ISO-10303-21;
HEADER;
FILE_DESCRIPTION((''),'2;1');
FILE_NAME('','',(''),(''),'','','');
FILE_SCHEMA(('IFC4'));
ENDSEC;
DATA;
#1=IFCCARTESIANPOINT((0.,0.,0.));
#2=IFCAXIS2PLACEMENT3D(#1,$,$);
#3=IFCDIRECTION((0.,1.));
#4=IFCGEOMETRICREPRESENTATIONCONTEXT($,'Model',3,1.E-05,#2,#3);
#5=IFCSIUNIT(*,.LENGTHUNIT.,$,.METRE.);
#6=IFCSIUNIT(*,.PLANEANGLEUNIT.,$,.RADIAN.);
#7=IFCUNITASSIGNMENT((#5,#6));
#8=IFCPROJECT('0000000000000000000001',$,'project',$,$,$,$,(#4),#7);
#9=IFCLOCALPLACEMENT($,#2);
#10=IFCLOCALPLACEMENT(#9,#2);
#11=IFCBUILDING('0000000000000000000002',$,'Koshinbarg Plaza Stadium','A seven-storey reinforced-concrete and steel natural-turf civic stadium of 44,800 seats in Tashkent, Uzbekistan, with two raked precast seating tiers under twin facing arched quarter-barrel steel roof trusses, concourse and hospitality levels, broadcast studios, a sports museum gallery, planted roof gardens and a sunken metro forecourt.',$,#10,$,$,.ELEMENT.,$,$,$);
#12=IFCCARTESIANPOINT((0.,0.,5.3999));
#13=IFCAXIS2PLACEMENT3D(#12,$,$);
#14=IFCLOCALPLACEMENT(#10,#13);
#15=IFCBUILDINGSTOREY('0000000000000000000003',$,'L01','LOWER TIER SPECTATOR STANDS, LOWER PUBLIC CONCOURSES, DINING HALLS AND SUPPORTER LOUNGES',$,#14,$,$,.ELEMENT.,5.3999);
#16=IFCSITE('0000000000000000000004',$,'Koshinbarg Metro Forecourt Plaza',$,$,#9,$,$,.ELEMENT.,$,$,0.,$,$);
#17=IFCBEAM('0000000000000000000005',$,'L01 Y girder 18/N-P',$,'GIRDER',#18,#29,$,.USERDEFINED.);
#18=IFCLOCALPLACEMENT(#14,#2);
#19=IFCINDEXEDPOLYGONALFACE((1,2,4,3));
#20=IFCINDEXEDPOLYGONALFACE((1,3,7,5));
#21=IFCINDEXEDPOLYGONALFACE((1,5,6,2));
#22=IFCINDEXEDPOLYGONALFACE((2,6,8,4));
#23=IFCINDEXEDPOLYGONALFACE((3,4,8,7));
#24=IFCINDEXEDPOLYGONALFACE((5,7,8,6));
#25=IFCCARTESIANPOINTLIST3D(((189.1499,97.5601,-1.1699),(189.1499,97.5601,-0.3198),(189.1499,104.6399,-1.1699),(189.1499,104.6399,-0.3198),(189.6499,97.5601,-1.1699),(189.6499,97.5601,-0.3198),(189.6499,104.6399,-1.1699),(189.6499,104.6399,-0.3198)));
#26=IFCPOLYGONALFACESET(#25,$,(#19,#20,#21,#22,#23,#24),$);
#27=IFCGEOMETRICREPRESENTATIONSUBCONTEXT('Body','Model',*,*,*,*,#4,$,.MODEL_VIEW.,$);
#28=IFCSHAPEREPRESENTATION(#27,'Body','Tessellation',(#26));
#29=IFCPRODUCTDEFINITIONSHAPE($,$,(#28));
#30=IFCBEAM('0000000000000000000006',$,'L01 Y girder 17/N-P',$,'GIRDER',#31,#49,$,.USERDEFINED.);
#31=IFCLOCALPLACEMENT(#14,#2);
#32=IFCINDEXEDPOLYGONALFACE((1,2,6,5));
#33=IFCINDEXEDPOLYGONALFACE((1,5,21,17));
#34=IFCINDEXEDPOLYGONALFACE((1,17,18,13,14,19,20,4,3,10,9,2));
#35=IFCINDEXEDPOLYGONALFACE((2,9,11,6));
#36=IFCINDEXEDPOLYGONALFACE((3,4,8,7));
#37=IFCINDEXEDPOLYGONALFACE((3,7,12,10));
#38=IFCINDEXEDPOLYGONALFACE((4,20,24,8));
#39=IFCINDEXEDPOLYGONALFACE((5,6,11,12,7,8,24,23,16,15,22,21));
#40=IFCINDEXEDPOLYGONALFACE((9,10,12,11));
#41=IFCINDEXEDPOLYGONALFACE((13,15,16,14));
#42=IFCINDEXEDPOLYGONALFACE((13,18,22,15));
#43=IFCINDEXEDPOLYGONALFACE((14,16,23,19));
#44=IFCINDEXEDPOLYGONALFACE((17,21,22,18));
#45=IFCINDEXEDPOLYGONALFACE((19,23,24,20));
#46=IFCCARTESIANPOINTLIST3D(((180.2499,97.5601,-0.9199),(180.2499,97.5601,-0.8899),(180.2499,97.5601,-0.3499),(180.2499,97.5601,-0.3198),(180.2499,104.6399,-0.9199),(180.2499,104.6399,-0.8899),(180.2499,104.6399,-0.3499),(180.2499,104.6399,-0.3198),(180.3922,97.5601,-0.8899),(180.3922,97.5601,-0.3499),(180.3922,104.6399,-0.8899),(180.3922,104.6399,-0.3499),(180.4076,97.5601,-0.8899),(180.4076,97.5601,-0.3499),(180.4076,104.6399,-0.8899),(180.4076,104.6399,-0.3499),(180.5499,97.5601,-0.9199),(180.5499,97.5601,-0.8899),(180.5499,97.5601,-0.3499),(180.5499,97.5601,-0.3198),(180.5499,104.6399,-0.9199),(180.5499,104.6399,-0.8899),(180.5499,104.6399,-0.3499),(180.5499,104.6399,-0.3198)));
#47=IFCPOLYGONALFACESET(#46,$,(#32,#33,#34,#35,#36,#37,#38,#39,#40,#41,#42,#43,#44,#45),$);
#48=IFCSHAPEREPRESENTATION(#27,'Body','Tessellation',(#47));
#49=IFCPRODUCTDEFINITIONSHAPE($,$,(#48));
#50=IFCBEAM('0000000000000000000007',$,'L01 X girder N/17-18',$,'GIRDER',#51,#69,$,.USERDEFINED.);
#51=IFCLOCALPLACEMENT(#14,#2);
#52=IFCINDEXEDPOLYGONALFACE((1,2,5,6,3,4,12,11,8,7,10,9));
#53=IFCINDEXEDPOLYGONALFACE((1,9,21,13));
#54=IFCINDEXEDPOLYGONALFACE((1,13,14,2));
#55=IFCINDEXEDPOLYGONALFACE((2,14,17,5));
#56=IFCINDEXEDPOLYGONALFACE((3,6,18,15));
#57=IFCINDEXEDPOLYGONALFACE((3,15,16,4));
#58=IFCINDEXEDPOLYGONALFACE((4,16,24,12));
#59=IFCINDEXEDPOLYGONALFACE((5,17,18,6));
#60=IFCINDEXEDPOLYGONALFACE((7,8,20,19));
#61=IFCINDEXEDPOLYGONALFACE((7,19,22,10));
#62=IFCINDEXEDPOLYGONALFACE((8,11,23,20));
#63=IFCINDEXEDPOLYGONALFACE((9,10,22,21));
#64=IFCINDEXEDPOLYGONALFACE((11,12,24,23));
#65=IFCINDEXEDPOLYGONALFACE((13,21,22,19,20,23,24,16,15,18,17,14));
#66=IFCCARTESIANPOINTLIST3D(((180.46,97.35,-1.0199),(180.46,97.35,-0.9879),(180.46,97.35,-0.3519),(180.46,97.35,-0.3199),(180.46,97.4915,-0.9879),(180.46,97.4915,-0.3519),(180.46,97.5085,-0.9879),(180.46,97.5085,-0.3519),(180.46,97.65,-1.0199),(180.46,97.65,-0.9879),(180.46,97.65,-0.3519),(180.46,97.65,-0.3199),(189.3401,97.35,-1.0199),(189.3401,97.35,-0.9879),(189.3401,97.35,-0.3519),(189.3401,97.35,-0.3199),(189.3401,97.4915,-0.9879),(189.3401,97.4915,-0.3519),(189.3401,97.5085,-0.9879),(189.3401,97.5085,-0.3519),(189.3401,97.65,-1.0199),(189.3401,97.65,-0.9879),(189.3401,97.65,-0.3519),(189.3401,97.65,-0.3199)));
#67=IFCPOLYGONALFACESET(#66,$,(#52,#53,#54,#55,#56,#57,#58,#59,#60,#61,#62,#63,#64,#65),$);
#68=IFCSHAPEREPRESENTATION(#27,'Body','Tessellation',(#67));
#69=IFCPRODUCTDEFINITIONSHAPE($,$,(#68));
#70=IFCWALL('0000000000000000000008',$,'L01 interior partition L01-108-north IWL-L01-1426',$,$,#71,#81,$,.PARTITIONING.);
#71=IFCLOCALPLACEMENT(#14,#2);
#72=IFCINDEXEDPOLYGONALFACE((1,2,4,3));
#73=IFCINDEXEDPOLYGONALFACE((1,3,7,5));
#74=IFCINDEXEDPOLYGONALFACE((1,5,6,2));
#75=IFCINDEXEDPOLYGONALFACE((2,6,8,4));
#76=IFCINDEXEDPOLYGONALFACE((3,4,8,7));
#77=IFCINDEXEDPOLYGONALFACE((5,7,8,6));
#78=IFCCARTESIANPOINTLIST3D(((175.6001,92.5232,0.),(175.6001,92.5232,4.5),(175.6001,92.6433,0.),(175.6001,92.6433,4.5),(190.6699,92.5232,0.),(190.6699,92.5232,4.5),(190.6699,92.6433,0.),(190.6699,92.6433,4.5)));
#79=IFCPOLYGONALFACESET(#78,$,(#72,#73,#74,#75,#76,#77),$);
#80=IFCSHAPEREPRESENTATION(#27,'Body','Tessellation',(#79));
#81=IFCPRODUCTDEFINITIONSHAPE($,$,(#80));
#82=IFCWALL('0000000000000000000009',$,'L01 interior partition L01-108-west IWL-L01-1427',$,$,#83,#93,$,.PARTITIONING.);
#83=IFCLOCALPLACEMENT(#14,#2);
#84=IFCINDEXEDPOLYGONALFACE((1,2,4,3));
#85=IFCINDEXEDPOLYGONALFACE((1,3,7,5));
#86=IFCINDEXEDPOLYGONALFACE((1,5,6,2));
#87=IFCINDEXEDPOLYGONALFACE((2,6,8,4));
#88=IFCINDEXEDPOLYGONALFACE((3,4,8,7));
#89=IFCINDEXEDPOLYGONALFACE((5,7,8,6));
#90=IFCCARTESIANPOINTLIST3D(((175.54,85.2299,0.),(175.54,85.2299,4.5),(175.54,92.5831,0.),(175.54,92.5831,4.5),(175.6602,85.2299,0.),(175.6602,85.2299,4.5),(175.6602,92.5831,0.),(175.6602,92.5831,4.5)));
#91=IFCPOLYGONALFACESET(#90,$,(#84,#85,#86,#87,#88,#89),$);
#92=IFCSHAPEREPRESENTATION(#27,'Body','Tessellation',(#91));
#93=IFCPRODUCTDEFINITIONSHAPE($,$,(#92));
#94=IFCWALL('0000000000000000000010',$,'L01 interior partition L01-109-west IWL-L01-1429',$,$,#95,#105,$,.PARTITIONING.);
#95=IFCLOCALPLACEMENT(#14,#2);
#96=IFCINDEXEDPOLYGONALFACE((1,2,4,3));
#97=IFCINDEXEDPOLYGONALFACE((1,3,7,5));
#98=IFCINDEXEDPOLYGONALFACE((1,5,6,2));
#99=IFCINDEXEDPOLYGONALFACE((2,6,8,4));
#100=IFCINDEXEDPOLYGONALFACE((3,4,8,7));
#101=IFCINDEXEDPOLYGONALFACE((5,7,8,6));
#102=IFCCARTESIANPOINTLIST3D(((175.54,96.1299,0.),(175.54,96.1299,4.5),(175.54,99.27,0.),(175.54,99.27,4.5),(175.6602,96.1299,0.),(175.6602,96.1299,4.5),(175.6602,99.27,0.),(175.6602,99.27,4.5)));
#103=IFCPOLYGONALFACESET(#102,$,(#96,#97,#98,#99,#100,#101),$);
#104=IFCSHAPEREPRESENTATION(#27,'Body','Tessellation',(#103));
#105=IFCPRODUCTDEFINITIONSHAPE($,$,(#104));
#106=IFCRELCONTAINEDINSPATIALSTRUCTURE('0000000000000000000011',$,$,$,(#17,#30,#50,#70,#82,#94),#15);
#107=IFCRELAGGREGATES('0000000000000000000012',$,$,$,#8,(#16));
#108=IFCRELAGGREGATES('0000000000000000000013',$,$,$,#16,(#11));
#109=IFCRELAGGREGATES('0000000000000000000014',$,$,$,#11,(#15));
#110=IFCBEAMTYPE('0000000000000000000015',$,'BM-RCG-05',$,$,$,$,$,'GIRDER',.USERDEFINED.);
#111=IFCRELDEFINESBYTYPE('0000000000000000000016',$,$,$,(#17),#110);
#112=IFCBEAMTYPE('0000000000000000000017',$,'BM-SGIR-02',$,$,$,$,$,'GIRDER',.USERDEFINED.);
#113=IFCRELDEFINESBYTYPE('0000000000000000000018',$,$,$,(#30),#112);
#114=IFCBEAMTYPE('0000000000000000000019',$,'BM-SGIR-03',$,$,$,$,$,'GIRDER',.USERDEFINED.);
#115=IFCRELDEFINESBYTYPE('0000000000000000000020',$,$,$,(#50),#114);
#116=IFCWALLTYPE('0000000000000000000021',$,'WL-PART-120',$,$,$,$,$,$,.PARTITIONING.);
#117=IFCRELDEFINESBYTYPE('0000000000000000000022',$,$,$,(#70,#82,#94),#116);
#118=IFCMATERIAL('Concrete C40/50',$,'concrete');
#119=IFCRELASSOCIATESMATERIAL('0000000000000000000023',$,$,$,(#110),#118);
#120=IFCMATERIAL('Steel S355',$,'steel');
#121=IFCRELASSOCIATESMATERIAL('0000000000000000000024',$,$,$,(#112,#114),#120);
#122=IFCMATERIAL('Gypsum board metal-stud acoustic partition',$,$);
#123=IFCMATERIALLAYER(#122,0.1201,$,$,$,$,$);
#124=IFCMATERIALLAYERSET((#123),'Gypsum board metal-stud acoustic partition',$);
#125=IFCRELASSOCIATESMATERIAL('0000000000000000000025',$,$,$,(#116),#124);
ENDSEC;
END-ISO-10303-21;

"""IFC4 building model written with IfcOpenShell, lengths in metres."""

from ifc_helpers import new_model, si_unit, direction, frame, frame_2d, origin, origin_2d, place, context, subcontext, project, spatial, rectangle, i_section, extrude, material, layer, layer_set, material_profile, profile_set, type_object, element, save


model = new_model("IFC4")

# Units and contexts
model_context = context("Model", 3, precision=1e-05, world=origin(), true_north=direction((0.0, 1.0)))
body_context = subcontext(model_context, "Body", "Model", "MODEL_VIEW")
ifc_project = project(units=[si_unit("LENGTHUNIT", "METRE"), si_unit("PLANEANGLEUNIT", "RADIAN")], contexts=[model_context])

# Site, building, storey
site_placement = place(None, origin())
site = spatial("IfcSite", under=ifc_project, at=site_placement, Name="Koshinbarg Metro Forecourt Plaza", CompositionType="ELEMENT", RefElevation=0.0)
building_placement = place(site_placement, origin())
building = spatial("IfcBuilding", under=site, at=building_placement, Name="Koshinbarg Plaza Stadium", Description="A seven-storey reinforced-concrete and steel natural-turf civic stadium of 44,800 seats in Tashkent, Uzbekistan, with two raked precast seating tiers under twin facing arched quarter-barrel steel roof trusses, concourse and hospitality levels, broadcast studios, a sports museum gallery, planted roof gardens and a sunken metro forecourt.", CompositionType="ELEMENT")
storey_placement = place(building_placement, frame((0.0, 0.0, 5.3999)))
storey = spatial("IfcBuildingStorey", under=building, at=storey_placement, Name="L01", Description="LOWER TIER SPECTATOR STANDS, LOWER PUBLIC CONCOURSES, DINING HALLS AND SUPPORTER LOUNGES", CompositionType="ELEMENT", Elevation=5.3999)

# Shared definitions
ifc_material_1 = material(Name="Concrete C40/50", Category="concrete")

# Beams
ifc_material_profile_1 = material_profile(ifc_material_1, rectangle(XDim=0.5, YDim=0.8501, at=origin_2d()), Name="RC 500x850")
ifc_profile_set_1 = profile_set([ifc_material_profile_1], Name="Concrete C40/50")
beam_type_1 = type_object("IfcBeamType", Name="BM-RCG-05", ElementType="GIRDER", PredefinedType="USERDEFINED", material=ifc_profile_set_1)
beam_1_placement = place(storey_placement, frame((189.3999, 97.5601, -0.7449), z_axis=(0.0, 1.0, 0.0), x_axis=(-1.0, 0.0, 0.0)))
element("IfcBeam", 1, at=beam_1_placement, inside=storey, type_object=beam_type_1, Name="L01 Y girder 18/N-P", ObjectType="GIRDER", PredefinedType="USERDEFINED", context=body_context, shape_type="SweptSolid", body=[
    extrude(rectangle(XDim=0.5, YDim=0.8501, at=origin_2d()), origin(), (0.0, 0.0, 1.0), 7.0798),
])
ifc_material_2 = material(Name="Steel S355", Category="steel")
ifc_material_profile_2 = material_profile(ifc_material_2, i_section(OverallWidth=0.3, OverallDepth=0.6001, WebThickness=0.0154, FlangeThickness=0.03, at=origin_2d()), Name="HEB 600")
ifc_profile_set_2 = profile_set([ifc_material_profile_2], Name="Steel S355")
beam_type_2 = type_object("IfcBeamType", Name="BM-SGIR-02", ElementType="GIRDER", PredefinedType="USERDEFINED", material=ifc_profile_set_2)
beam_2_placement = place(storey_placement, frame((180.3999, 97.5601, -0.6199), z_axis=(0.0, 1.0, 0.0), x_axis=(-1.0, 0.0, 0.0)))
element("IfcBeam", 2, at=beam_2_placement, inside=storey, type_object=beam_type_2, Name="L01 Y girder 17/N-P", ObjectType="GIRDER", PredefinedType="USERDEFINED", context=body_context, shape_type="SweptSolid", body=[
    extrude(i_section(OverallWidth=0.3, OverallDepth=0.6001, WebThickness=0.0154, FlangeThickness=0.03, at=origin_2d()), origin(), (0.0, 0.0, 1.0), 7.0798),
])
ifc_material_profile_3 = material_profile(ifc_material_2, i_section(OverallWidth=0.3, OverallDepth=0.7, WebThickness=0.0171, FlangeThickness=0.032, at=origin_2d()), Name="HEB 700")
ifc_profile_set_3 = profile_set([ifc_material_profile_3], Name="Steel S355")
beam_type_3 = type_object("IfcBeamType", Name="BM-SGIR-03", ElementType="GIRDER", PredefinedType="USERDEFINED", material=ifc_profile_set_3)
beam_3_placement = place(storey_placement, frame((180.46, 97.5, -0.6699), z_axis=(1.0, 0.0, 0.0), x_axis=(0.0, 1.0, 0.0)))
element("IfcBeam", 3, at=beam_3_placement, inside=storey, type_object=beam_type_3, Name="L01 X girder N/17-18", ObjectType="GIRDER", PredefinedType="USERDEFINED", context=body_context, shape_type="SweptSolid", body=[
    extrude(i_section(OverallWidth=0.3, OverallDepth=0.7, WebThickness=0.0171, FlangeThickness=0.032, at=origin_2d()), origin(), (0.0, 0.0, 1.0), 8.8801),
])

# Walls
ifc_material_3 = material(Name="Gypsum board metal-stud acoustic partition")
ifc_layer = layer(ifc_material_3, 0.1201)
ifc_layer_set = layer_set([ifc_layer], Name="Gypsum board metal-stud acoustic partition")
wall_type = type_object("IfcWallType", Name="WL-PART-120", PredefinedType="PARTITIONING", material=ifc_layer_set)
wall_1_placement = place(storey_placement, frame((190.6699, 92.5833, 0.0), z_axis=(0.0, 0.0, 1.0), x_axis=(-1.0, 0.0, 0.0)))
element("IfcWall", 4, at=wall_1_placement, inside=storey, type_object=wall_type, Name="L01 interior partition L01-108-north IWL-L01-1426", PredefinedType="PARTITIONING", context=body_context, shape_type="SweptSolid", body=[
    extrude(rectangle(XDim=15.0698, YDim=0.1201, at=frame_2d((7.5349, 0.0))), origin(), (0.0, 0.0, 1.0), 4.5),
])
wall_2_placement = place(storey_placement, frame((175.6001, 92.5833, 0.0), z_axis=(0.0, 0.0, 1.0), x_axis=(0.0, -1.0, 0.0)))
element("IfcWall", 5, at=wall_2_placement, inside=storey, type_object=wall_type, Name="L01 interior partition L01-108-west IWL-L01-1427", PredefinedType="PARTITIONING", context=body_context, shape_type="SweptSolid", body=[
    extrude(rectangle(XDim=7.3533, YDim=0.1201, at=frame_2d((3.6768, 0.0))), origin(), (0.0, 0.0, 1.0), 4.5),
])
wall_3_placement = place(storey_placement, frame((175.6001, 99.27, 0.0), z_axis=(0.0, 0.0, 1.0), x_axis=(0.0, -1.0, 0.0)))
element("IfcWall", 6, at=wall_3_placement, inside=storey, type_object=wall_type, Name="L01 interior partition L01-109-west IWL-L01-1429", PredefinedType="PARTITIONING", context=body_context, shape_type="SweptSolid", body=[
    extrude(rectangle(XDim=3.1401, YDim=0.1201, at=frame_2d((1.5701, 0.0))), origin(), (0.0, 0.0, 1.0), 4.5),
])

save(model, "model.ifc")
